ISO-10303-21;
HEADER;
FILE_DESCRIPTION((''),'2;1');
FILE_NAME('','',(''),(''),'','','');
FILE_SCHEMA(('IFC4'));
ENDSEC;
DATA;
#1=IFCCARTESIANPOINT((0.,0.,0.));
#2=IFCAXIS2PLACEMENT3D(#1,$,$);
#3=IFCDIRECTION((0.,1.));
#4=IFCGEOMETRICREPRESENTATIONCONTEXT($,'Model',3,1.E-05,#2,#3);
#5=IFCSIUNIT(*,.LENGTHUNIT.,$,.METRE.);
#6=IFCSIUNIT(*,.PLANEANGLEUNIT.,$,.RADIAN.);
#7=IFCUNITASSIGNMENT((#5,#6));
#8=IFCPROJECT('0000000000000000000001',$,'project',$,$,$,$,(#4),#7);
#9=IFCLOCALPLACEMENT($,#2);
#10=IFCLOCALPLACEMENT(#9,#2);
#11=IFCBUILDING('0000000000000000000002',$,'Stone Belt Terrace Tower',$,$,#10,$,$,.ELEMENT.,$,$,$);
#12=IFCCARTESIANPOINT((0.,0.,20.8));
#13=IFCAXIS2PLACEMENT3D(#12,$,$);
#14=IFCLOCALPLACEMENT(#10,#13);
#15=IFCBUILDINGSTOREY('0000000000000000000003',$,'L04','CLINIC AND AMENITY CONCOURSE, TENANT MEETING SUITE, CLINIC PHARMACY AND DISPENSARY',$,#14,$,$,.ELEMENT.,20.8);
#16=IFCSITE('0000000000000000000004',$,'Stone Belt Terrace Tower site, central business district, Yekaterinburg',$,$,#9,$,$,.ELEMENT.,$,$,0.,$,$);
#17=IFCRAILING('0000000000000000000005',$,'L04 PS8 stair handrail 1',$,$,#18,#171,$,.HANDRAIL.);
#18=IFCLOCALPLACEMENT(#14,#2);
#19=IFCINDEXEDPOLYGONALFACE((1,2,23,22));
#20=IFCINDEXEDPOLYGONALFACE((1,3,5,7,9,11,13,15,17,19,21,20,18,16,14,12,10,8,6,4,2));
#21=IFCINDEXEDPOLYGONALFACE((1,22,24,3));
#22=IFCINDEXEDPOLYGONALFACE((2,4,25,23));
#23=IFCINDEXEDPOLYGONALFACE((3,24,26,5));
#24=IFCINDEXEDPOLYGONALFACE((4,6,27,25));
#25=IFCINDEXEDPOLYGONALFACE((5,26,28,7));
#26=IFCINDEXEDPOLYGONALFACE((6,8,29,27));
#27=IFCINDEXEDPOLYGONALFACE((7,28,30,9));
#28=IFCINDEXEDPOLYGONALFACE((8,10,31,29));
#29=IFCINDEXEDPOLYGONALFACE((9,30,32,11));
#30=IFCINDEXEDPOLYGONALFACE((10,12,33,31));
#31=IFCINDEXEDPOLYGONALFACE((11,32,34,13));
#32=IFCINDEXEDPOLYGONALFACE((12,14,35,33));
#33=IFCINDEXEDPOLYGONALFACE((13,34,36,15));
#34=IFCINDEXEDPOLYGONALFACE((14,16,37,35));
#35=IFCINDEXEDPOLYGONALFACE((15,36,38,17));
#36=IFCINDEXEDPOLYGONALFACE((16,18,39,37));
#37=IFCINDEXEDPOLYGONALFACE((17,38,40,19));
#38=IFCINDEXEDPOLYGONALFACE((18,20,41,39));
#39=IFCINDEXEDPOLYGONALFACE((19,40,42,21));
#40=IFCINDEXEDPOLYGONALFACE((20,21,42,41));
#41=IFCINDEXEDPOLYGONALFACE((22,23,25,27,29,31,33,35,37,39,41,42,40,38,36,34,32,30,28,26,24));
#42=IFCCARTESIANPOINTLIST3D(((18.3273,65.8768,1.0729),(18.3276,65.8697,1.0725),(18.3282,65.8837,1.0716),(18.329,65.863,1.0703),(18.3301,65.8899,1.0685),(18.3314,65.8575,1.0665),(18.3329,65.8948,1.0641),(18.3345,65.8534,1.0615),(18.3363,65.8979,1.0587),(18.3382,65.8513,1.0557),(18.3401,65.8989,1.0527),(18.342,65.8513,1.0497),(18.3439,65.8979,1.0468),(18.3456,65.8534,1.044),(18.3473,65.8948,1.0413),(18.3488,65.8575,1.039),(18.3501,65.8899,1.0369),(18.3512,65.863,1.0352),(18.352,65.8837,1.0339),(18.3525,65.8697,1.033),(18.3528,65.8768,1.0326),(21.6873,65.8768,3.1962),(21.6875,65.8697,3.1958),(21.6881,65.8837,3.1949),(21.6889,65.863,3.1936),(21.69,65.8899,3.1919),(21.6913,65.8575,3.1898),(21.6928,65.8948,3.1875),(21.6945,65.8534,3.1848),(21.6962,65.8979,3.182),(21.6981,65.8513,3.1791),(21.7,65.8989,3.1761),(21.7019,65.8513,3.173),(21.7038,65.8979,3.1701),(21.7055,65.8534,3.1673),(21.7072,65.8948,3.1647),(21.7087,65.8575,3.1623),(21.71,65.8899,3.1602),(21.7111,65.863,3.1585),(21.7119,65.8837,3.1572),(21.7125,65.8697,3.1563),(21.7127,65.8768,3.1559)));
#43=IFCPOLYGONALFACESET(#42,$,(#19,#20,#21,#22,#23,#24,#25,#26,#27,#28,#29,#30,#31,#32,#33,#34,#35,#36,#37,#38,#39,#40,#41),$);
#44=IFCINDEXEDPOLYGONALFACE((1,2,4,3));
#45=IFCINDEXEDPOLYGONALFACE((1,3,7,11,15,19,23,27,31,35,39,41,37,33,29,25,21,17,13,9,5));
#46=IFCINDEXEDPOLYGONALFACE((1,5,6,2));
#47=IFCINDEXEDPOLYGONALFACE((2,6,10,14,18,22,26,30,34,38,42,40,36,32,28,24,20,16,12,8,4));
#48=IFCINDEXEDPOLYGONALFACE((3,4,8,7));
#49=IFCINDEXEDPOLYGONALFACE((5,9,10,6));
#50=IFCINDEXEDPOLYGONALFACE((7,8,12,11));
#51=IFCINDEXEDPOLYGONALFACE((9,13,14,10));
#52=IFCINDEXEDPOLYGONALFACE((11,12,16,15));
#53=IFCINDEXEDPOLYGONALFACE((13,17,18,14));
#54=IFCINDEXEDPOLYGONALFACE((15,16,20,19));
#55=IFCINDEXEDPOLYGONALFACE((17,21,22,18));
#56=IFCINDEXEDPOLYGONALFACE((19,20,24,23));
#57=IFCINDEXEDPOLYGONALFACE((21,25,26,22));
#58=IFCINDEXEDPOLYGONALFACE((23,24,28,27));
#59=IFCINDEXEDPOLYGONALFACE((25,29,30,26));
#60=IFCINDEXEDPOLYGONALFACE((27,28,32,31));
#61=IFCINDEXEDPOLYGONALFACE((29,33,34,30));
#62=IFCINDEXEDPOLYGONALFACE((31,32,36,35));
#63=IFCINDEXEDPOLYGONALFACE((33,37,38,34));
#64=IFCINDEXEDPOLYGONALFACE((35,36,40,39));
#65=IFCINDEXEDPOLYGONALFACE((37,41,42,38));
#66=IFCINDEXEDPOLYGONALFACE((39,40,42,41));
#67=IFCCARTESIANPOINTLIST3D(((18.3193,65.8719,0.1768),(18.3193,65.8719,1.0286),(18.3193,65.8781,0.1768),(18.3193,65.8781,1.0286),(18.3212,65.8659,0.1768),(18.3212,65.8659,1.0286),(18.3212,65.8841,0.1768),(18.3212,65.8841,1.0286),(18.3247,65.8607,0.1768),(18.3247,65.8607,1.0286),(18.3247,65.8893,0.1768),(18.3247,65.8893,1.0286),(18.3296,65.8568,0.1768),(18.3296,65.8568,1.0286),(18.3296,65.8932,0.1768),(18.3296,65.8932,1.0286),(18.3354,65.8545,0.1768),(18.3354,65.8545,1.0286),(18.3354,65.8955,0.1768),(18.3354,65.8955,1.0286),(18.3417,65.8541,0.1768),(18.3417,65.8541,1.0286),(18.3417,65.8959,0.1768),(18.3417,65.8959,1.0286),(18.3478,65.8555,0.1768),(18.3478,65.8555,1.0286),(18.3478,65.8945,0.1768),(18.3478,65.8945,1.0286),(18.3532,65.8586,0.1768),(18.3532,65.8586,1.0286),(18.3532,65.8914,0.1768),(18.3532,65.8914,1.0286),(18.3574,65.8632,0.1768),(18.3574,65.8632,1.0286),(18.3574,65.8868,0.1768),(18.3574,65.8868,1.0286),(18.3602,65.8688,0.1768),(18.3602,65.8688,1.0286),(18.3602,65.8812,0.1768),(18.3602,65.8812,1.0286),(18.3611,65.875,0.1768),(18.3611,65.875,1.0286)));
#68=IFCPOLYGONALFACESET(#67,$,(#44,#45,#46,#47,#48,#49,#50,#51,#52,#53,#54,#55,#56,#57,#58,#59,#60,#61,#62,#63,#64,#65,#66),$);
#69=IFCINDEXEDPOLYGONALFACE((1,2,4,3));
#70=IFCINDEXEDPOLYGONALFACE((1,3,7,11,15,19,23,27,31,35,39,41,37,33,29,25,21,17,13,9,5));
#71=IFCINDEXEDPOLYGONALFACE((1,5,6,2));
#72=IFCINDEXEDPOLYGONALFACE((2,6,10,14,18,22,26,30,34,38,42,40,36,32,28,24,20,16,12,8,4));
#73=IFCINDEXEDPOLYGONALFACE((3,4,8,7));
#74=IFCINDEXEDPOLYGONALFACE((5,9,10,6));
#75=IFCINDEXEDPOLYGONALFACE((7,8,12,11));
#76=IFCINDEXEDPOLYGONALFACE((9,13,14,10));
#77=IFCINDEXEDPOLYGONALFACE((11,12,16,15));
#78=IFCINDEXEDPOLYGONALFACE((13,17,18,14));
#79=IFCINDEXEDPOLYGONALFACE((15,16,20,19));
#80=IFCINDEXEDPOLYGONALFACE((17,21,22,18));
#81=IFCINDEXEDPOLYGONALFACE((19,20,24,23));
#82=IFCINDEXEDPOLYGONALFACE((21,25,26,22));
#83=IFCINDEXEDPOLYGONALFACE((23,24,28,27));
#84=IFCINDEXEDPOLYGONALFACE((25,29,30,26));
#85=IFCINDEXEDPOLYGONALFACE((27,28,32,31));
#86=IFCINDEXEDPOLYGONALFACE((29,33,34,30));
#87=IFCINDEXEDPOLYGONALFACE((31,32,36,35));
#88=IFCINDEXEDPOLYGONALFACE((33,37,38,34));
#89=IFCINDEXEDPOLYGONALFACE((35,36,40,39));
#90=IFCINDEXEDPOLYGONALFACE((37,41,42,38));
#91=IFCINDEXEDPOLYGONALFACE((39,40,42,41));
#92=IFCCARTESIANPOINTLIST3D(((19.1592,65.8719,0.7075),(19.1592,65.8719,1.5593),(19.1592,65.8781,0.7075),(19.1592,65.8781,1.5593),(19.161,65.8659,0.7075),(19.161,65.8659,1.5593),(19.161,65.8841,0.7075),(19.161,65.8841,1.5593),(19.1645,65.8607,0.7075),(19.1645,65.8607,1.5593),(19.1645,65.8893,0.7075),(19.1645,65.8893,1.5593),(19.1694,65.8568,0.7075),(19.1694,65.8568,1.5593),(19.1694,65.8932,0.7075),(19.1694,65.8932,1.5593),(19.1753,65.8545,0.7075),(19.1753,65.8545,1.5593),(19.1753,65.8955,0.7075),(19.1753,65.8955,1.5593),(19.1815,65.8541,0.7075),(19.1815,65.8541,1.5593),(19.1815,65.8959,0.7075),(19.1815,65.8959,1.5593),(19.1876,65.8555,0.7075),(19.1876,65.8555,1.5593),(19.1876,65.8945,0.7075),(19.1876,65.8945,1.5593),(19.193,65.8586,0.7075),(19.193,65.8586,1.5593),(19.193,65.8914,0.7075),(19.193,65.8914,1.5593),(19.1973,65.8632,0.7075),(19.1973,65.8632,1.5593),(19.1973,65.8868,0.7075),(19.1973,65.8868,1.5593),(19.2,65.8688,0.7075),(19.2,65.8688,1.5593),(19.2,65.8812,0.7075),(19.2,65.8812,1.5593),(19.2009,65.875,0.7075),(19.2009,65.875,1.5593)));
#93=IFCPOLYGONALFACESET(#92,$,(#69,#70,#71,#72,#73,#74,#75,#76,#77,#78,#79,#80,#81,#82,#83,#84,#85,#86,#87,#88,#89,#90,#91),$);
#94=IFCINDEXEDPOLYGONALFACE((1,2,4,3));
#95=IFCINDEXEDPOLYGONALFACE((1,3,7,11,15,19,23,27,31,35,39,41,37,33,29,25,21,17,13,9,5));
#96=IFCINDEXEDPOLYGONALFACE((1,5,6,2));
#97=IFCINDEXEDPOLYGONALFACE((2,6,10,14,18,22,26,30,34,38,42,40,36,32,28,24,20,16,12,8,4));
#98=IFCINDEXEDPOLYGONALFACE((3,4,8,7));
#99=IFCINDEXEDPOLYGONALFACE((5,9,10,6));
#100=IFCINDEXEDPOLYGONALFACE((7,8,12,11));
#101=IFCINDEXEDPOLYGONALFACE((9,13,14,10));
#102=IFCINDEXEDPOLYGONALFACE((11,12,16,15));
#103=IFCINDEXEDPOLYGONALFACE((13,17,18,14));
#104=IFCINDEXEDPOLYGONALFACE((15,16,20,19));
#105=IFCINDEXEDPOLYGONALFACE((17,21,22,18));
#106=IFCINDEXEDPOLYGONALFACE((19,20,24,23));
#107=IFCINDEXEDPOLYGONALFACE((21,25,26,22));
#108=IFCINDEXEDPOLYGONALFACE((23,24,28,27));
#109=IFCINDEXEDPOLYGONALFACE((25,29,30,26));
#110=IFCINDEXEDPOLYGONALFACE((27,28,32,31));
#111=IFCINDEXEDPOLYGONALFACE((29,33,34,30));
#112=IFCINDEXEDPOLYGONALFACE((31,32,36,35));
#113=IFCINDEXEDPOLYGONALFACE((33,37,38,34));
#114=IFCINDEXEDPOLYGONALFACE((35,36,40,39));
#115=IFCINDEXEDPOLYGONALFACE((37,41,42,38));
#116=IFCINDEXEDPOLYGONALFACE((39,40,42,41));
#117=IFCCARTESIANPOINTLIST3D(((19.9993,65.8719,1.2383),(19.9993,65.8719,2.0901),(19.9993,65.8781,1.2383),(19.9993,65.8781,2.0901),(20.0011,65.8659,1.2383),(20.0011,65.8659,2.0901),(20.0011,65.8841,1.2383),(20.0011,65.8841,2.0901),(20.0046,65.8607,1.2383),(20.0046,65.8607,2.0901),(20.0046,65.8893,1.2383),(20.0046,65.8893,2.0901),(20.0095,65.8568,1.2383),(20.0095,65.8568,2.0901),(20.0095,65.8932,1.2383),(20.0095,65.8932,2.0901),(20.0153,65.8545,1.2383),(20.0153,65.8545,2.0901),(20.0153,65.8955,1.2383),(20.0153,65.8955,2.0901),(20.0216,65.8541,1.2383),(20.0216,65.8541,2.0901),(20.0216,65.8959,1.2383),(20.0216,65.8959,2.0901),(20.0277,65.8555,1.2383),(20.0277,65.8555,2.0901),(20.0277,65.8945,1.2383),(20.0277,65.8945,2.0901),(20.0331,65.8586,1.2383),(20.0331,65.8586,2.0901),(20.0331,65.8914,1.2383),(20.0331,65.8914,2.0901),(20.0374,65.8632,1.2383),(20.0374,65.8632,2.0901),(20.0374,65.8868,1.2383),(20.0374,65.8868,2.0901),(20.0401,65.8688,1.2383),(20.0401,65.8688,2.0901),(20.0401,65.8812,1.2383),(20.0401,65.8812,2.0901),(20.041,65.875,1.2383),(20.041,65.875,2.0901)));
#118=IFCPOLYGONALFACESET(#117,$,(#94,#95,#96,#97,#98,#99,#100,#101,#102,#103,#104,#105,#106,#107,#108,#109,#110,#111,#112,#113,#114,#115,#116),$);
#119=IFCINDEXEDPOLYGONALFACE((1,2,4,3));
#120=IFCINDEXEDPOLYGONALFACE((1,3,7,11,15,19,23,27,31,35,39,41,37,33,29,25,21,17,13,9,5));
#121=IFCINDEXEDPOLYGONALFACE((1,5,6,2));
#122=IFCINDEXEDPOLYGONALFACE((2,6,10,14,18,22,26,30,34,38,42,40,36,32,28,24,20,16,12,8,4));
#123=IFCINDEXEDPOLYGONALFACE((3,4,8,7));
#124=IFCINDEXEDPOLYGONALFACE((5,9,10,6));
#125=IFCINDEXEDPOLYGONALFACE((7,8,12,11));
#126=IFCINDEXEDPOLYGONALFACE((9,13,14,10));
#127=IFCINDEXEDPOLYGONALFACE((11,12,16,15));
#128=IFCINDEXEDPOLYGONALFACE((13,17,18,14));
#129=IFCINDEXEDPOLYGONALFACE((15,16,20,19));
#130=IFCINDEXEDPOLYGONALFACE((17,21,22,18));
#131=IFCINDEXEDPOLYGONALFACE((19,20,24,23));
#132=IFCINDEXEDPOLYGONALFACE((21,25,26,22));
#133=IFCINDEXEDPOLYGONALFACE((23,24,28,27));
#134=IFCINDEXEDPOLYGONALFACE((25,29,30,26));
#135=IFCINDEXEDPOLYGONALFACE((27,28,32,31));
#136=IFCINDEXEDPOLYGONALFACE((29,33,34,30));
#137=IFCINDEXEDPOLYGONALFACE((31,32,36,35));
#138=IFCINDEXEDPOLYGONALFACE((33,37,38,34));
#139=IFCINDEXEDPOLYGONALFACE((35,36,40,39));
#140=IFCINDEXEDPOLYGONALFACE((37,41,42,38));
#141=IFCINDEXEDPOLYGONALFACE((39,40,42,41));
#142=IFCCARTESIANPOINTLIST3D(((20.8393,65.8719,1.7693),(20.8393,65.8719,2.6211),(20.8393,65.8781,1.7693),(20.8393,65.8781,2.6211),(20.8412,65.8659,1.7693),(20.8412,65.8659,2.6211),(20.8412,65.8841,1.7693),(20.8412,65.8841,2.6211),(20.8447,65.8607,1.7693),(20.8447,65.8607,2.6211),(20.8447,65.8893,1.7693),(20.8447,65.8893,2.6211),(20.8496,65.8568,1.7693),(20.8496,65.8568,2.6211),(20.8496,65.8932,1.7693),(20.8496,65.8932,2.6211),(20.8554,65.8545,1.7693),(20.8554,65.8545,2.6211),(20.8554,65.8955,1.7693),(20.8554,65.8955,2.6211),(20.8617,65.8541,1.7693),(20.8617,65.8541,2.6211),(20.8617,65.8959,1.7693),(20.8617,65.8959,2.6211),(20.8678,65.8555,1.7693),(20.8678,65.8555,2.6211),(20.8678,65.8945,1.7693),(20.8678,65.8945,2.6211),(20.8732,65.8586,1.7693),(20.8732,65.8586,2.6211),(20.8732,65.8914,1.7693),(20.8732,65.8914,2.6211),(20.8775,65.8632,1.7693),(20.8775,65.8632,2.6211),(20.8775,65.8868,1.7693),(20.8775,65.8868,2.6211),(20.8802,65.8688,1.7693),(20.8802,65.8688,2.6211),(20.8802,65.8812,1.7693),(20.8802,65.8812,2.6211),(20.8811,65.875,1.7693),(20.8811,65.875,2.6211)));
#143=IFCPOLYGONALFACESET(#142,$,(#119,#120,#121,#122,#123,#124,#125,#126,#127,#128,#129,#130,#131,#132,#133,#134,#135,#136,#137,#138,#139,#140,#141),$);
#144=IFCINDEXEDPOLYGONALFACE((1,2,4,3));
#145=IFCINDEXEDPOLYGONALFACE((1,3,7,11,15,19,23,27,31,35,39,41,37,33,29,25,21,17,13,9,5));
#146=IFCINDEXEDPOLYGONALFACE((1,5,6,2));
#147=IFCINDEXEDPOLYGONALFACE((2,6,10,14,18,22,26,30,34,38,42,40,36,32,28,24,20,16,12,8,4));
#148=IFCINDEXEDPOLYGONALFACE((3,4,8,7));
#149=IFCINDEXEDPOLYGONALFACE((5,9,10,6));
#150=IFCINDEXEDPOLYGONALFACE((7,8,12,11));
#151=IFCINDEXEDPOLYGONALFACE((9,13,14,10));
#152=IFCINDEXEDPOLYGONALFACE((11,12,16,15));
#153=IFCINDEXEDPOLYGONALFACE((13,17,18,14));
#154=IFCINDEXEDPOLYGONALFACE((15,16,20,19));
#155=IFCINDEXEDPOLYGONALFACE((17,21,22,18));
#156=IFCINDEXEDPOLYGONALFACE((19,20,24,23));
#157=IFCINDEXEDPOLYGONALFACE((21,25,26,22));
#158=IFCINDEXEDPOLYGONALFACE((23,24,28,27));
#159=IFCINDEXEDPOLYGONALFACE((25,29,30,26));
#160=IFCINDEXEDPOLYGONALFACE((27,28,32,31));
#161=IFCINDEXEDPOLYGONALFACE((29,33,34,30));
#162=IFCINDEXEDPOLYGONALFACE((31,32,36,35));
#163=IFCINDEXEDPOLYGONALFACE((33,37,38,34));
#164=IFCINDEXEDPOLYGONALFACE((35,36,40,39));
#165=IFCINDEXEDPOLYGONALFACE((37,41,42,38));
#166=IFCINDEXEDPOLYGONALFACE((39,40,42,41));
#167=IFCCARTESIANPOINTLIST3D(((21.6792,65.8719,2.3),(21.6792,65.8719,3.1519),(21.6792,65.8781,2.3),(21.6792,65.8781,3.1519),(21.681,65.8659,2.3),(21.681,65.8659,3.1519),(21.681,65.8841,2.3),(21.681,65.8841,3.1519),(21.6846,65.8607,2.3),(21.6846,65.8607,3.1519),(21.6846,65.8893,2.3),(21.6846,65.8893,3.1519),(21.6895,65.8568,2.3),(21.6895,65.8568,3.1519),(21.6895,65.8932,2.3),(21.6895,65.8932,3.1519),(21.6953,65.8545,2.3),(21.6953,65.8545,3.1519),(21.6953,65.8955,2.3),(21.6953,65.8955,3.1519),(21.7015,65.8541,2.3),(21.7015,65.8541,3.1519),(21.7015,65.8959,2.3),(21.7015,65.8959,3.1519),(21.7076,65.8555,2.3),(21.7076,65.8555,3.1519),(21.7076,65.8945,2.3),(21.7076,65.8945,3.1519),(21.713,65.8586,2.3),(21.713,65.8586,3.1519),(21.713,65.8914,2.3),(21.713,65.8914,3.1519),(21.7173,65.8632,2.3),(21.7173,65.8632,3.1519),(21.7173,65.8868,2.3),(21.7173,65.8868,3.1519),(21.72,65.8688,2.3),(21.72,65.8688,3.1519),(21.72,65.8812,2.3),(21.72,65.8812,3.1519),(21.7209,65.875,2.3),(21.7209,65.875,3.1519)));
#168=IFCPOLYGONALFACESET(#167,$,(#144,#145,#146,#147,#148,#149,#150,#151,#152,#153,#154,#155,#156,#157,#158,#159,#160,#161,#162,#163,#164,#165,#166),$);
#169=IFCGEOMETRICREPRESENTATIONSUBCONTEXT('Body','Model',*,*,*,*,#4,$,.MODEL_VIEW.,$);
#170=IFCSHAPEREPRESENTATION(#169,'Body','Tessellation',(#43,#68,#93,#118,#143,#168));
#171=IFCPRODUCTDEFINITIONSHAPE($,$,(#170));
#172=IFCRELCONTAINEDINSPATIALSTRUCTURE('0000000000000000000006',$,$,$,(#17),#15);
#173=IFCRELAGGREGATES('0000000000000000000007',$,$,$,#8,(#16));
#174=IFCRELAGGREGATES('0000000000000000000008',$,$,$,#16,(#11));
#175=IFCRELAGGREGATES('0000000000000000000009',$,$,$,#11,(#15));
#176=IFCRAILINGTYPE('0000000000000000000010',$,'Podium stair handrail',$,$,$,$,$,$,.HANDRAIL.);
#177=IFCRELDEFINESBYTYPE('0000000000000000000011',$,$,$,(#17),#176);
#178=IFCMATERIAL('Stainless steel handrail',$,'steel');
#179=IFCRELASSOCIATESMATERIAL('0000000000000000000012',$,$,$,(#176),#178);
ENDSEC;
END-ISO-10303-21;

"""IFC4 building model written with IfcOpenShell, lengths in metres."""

from ifc_helpers import new_model, si_unit, direction, frame, origin, origin_2d, place, context, subcontext, project, spatial, circle, extrude, material, type_object, element, save


model = new_model("IFC4")

# Units and contexts
model_context = context("Model", 3, precision=1e-05, world=origin(), true_north=direction((0.0, 1.0)))
body_context = subcontext(model_context, "Body", "Model", "MODEL_VIEW")
ifc_project = project(units=[si_unit("LENGTHUNIT", "METRE"), si_unit("PLANEANGLEUNIT", "RADIAN")], contexts=[model_context])

# Site, building, storey
site_placement = place(None, origin())
site = spatial("IfcSite", under=ifc_project, at=site_placement, Name="Stone Belt Terrace Tower site, central business district, Yekaterinburg", CompositionType="ELEMENT", RefElevation=0.0)
building_placement = place(site_placement, origin())
building = spatial("IfcBuilding", under=site, at=building_placement, Name="Stone Belt Terrace Tower", CompositionType="ELEMENT")
storey_placement = place(building_placement, frame((0.0, 0.0, 20.8)))
storey = spatial("IfcBuildingStorey", under=building, at=storey_placement, Name="L04", Description="CLINIC AND AMENITY CONCOURSE, TENANT MEETING SUITE, CLINIC PHARMACY AND DISPENSARY", CompositionType="ELEMENT", Elevation=20.8)

# Railing
ifc_material_1 = material(Name="Stainless steel handrail", Category="steel")
railing_type_1 = type_object("IfcRailingType", Name="Podium stair handrail", PredefinedType="HANDRAIL", material=ifc_material_1)
railing_1_placement = place(storey_placement, frame((18.3401, 65.875, 0.1768)))
element("IfcRailing", 1, at=railing_1_placement, inside=storey, type_object=railing_type_1, Name="L04 PS8 stair handrail 1", PredefinedType="HANDRAIL", context=body_context, shape_type="SweptSolid", body=[
    extrude(circle(Radius=0.0239, at=origin_2d()), frame((0.0, 0.0, 0.876), z_axis=(0.845344, 0.0, 0.534222), x_axis=(0.0, 1.0, 0.0)), (0.0, 0.0, 1.0), 3.9746),
    extrude(circle(Radius=0.021, at=origin_2d()), origin(), (0.0, 0.0, 1.0), 0.8518),
    extrude(circle(Radius=0.021, at=origin_2d()), frame((0.8398, 0.0, 0.5308)), (0.0, 0.0, 1.0), 0.8518),
    extrude(circle(Radius=0.021, at=origin_2d()), frame((1.6799, 0.0, 1.0615)), (0.0, 0.0, 1.0), 0.8518),
    extrude(circle(Radius=0.021, at=origin_2d()), frame((2.52, 0.0, 1.5925)), (0.0, 0.0, 1.0), 0.8518),
    extrude(circle(Radius=0.021, at=origin_2d()), frame((3.3599, 0.0, 2.1233)), (0.0, 0.0, 1.0), 0.8518),
])

save(model, "model.ifc")
